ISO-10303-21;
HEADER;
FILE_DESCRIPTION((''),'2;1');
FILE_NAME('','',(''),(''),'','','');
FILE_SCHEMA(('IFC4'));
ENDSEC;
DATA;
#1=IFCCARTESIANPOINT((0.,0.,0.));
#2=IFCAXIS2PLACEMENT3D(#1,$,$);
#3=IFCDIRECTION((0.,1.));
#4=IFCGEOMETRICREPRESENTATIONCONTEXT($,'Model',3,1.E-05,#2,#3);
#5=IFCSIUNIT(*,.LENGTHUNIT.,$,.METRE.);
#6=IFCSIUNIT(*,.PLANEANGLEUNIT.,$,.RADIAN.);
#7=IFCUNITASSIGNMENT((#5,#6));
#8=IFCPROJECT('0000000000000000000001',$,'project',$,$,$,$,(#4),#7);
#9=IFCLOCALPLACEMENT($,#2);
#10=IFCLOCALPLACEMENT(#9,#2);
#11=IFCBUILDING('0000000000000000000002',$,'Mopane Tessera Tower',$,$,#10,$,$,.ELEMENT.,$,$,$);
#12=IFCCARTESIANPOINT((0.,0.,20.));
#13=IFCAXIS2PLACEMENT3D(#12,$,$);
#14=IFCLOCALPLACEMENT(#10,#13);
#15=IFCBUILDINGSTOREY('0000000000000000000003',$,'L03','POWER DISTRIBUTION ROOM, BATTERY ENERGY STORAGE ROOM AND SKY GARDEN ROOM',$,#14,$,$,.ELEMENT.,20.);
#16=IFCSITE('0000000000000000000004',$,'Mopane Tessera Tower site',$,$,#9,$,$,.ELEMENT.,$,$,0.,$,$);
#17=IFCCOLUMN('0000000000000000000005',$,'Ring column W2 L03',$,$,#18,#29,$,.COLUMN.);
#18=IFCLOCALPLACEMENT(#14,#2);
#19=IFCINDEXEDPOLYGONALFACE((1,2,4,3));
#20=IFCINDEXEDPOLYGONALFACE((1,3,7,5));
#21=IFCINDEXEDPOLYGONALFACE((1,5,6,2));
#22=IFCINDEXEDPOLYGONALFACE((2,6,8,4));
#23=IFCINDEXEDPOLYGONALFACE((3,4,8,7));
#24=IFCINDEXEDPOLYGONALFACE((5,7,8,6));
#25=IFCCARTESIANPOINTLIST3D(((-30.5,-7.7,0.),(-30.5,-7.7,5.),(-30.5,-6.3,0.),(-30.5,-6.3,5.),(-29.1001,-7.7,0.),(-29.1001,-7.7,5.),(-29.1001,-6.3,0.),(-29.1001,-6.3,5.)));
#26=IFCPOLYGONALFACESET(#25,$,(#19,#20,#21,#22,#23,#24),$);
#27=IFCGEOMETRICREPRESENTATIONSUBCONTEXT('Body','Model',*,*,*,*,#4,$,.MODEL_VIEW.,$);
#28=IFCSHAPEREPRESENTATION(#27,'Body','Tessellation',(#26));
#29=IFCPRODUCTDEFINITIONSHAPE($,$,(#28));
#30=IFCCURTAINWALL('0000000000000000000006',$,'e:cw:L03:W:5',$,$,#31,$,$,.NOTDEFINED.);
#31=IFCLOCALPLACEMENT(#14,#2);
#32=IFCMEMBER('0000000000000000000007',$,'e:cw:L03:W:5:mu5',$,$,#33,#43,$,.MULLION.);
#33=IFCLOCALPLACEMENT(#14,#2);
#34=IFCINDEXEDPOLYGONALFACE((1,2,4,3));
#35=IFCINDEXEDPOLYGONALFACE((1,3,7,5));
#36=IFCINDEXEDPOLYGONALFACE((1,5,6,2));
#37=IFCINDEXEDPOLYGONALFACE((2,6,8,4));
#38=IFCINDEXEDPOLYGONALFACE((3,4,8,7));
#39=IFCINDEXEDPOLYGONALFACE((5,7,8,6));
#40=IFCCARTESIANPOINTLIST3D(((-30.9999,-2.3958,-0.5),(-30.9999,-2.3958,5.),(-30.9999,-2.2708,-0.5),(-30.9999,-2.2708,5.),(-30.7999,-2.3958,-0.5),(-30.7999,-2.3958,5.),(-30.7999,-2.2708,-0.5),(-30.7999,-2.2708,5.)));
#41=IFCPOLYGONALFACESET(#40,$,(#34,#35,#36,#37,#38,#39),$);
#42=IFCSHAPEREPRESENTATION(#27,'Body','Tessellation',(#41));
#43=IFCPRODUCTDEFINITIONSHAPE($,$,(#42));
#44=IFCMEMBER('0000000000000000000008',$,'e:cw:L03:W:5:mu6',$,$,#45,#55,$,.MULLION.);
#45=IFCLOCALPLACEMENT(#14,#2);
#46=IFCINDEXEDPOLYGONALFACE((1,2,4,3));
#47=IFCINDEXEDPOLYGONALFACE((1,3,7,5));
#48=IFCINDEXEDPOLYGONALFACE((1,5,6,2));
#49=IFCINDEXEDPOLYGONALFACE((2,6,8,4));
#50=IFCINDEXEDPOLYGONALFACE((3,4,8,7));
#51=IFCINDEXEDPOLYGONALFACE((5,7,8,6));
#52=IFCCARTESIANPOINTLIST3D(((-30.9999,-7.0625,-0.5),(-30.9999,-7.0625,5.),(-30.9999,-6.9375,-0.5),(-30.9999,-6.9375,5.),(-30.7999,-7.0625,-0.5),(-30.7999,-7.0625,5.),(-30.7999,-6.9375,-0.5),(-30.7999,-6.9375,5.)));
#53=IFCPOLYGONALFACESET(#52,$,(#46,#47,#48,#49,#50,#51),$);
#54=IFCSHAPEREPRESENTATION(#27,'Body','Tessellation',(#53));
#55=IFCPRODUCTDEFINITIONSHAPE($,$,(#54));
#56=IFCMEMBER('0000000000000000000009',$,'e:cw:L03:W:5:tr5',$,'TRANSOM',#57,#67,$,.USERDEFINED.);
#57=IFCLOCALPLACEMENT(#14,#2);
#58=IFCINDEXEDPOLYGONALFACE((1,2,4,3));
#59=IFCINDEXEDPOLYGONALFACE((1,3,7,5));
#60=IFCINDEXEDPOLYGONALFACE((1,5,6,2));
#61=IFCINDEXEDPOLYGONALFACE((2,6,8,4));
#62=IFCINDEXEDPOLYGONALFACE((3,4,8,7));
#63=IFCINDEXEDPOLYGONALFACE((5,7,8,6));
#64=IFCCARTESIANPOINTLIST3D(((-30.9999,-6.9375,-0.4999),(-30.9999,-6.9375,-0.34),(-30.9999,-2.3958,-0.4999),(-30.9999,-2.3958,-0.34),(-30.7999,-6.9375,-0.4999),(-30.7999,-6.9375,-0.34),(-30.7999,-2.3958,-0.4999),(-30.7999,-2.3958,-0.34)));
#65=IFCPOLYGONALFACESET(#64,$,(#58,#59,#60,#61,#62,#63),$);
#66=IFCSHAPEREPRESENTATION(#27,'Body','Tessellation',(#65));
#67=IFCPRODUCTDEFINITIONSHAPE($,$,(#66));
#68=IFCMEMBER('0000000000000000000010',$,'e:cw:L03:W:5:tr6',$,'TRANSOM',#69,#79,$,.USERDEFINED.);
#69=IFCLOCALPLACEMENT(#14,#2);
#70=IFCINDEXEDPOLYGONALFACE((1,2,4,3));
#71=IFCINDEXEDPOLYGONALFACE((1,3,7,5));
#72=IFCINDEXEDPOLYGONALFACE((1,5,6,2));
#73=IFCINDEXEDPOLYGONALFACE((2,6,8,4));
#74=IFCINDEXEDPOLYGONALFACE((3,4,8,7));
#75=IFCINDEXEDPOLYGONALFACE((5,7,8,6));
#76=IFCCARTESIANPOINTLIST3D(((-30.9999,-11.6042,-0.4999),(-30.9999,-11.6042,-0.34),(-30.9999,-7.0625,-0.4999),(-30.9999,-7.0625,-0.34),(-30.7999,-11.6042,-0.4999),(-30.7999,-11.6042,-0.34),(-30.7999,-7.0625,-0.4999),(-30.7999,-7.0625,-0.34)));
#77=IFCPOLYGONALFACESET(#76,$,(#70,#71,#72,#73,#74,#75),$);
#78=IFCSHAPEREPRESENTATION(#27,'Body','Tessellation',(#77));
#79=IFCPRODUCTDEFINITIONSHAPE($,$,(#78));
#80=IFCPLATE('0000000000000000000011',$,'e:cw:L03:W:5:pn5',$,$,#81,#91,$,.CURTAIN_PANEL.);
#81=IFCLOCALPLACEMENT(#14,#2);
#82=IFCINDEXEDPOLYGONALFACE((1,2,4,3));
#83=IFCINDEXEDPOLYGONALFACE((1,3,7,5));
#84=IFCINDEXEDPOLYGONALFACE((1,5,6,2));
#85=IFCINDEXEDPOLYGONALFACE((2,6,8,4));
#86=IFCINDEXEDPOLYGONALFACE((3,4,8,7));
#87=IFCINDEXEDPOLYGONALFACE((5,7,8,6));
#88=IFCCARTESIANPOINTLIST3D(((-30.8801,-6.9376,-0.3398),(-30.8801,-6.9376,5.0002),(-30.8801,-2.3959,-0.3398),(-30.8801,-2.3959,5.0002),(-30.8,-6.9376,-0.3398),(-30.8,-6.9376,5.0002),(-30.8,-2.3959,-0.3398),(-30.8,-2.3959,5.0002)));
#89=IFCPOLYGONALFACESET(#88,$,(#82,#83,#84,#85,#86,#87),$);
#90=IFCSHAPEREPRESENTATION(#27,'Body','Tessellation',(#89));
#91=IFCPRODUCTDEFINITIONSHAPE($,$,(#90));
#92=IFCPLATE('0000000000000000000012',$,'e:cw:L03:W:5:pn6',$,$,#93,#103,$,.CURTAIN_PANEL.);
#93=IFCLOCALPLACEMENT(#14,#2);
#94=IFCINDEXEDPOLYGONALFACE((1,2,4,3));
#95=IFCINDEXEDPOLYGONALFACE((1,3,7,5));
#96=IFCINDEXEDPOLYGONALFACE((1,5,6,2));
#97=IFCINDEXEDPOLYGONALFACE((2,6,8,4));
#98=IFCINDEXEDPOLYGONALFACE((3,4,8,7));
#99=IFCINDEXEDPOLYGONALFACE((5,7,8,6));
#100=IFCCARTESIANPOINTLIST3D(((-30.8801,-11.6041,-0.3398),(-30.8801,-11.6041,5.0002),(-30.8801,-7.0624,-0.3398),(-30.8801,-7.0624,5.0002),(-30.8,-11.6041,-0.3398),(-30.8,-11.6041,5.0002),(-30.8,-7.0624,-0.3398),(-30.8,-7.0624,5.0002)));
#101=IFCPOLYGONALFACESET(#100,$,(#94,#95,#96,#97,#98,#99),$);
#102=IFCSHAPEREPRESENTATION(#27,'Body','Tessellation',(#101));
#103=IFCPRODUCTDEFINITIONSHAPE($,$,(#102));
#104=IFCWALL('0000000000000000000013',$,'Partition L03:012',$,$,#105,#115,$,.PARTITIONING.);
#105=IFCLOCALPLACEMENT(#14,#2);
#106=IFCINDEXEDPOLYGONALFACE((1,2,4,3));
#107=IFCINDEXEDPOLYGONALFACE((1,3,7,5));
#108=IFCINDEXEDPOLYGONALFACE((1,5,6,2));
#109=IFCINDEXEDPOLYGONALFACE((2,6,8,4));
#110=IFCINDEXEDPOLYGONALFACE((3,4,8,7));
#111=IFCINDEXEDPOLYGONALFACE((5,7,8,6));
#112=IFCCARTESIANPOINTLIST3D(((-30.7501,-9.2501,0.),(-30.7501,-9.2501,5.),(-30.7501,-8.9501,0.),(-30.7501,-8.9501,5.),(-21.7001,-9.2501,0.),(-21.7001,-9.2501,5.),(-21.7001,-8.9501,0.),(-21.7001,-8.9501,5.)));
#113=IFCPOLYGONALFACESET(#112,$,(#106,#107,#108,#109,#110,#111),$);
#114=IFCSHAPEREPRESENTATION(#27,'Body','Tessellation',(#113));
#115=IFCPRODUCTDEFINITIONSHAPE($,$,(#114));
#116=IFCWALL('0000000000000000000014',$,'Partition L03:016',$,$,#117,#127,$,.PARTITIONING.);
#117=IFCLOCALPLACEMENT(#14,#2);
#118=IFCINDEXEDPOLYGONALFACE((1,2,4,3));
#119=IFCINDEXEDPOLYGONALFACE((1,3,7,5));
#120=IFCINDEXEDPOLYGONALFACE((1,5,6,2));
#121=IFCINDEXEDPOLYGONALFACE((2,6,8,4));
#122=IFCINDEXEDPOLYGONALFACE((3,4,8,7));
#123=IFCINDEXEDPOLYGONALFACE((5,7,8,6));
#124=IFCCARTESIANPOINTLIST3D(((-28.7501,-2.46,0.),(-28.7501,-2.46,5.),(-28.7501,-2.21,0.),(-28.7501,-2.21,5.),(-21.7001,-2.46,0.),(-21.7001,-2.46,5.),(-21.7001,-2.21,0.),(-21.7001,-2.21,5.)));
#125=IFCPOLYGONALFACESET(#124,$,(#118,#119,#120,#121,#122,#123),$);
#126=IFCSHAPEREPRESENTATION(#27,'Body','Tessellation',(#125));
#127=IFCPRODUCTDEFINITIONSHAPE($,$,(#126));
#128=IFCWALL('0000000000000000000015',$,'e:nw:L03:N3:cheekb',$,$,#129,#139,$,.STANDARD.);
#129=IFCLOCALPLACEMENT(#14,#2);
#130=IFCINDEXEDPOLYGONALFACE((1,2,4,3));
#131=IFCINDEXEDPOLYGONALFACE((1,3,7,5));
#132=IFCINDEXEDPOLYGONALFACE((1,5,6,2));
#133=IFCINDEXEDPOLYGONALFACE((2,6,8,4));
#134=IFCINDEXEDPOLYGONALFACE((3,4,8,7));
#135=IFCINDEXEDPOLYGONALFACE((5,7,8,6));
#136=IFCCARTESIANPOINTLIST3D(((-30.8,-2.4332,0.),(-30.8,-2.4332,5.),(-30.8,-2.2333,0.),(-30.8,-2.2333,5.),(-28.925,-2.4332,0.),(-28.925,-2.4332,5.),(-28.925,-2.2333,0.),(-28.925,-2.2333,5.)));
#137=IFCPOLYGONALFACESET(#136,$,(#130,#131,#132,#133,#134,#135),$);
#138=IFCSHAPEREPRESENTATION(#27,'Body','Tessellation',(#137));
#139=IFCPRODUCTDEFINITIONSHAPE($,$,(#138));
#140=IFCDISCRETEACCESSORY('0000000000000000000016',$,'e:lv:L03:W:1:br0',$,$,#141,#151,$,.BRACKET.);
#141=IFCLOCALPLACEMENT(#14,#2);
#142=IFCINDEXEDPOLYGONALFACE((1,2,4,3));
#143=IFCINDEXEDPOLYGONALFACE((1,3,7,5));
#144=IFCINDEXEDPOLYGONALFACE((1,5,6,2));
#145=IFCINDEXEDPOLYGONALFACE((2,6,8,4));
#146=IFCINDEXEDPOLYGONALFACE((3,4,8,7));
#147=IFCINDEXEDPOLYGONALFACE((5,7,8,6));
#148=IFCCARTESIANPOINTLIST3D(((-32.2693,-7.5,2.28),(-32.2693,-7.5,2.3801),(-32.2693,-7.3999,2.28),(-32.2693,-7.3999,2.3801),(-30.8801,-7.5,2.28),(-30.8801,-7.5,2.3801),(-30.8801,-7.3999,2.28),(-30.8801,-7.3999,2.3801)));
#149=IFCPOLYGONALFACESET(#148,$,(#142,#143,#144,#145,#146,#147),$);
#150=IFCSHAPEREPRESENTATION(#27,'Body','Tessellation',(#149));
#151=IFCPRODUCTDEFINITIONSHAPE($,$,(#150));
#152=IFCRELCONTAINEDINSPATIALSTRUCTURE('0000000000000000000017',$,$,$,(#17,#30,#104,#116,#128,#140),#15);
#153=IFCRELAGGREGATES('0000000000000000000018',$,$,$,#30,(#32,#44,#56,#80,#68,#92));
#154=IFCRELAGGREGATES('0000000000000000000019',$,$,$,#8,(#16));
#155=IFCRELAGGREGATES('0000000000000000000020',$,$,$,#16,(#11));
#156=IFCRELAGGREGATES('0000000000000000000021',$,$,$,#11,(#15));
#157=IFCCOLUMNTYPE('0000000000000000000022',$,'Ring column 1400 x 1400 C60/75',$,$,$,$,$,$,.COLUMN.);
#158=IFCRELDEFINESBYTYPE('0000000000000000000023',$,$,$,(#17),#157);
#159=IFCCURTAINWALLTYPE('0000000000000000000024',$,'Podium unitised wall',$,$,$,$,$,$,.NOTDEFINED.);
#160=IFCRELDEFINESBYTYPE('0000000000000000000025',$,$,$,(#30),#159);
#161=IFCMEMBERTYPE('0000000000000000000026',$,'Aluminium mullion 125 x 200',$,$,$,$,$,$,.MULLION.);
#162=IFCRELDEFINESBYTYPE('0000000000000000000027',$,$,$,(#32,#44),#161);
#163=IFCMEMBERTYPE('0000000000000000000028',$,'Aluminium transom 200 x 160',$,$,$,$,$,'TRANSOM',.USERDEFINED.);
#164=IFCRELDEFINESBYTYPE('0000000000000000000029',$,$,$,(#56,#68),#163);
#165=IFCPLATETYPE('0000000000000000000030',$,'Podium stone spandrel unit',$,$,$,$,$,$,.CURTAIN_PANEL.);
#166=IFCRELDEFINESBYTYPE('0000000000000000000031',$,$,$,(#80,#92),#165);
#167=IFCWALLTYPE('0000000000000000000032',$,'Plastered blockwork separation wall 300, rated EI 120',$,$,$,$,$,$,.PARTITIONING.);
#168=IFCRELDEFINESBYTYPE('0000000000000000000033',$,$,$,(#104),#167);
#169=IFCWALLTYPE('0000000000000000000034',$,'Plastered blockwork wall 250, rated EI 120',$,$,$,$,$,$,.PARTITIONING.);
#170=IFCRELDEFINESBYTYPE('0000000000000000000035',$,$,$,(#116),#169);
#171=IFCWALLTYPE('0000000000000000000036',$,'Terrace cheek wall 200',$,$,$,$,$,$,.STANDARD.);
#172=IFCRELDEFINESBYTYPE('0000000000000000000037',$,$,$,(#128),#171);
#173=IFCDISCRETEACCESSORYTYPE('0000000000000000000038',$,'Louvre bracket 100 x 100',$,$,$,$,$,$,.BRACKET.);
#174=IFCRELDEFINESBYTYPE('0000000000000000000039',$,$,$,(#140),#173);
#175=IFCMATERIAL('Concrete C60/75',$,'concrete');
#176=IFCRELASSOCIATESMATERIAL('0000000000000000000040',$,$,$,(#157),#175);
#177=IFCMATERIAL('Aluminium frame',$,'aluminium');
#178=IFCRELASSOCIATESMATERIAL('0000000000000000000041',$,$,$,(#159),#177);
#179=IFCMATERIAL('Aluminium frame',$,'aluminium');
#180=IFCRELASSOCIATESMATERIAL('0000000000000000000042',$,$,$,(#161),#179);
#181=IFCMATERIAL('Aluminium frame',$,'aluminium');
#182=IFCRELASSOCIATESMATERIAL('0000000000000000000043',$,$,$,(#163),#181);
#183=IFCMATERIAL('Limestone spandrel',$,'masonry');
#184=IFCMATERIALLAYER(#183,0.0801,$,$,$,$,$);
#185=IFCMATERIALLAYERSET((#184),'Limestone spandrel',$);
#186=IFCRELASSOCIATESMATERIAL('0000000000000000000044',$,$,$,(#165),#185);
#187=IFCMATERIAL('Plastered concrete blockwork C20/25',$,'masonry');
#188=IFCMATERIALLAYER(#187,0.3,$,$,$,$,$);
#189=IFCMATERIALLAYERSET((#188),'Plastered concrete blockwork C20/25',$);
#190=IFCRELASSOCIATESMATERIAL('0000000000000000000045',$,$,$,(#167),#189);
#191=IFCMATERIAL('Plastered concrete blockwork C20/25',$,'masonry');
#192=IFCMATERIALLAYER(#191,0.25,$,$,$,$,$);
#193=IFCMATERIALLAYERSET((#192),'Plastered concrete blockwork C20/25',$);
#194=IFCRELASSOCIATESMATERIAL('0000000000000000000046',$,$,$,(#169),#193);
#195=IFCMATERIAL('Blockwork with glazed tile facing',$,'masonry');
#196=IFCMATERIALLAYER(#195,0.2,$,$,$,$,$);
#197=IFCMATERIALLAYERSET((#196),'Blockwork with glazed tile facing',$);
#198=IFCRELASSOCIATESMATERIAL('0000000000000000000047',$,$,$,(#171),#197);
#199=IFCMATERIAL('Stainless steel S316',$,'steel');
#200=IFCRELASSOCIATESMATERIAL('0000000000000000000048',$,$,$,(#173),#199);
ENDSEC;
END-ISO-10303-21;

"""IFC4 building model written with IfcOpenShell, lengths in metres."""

from ifc_helpers import new_model, si_unit, direction, frame, frame_2d, origin, origin_2d, place, context, subcontext, project, spatial, rectangle, extrude, material, layer, layer_set, material_profile, profile_set, type_object, element, aggregate, save


model = new_model("IFC4")

# Units and contexts
model_context = context("Model", 3, precision=1e-05, world=origin(), true_north=direction((0.0, 1.0)))
body_context = subcontext(model_context, "Body", "Model", "MODEL_VIEW")
ifc_project = project(units=[si_unit("LENGTHUNIT", "METRE"), si_unit("PLANEANGLEUNIT", "RADIAN")], contexts=[model_context])

# Site, building, storey
site_placement = place(None, origin())
site = spatial("IfcSite", under=ifc_project, at=site_placement, Name="Mopane Tessera Tower site", CompositionType="ELEMENT", RefElevation=0.0)
building_placement = place(site_placement, origin())
building = spatial("IfcBuilding", under=site, at=building_placement, Name="Mopane Tessera Tower", CompositionType="ELEMENT")
storey_placement = place(building_placement, frame((0.0, 0.0, 20.0)))
storey = spatial("IfcBuildingStorey", under=building, at=storey_placement, Name="L03", Description="POWER DISTRIBUTION ROOM, BATTERY ENERGY STORAGE ROOM AND SKY GARDEN ROOM", CompositionType="ELEMENT", Elevation=20.0)

# Column
ifc_material_1 = material(Name="Concrete C60/75", Category="concrete")
ifc_material_profile_1 = material_profile(ifc_material_1, rectangle(XDim=1.3999, YDim=1.3999, at=origin_2d()))
ifc_profile_set_1 = profile_set([ifc_material_profile_1], Name="Concrete C60/75")
column_type = type_object("IfcColumnType", Name="Ring column 1400 x 1400 C60/75", PredefinedType="COLUMN", material=ifc_profile_set_1)
column_placement = place(storey_placement, frame((-29.8, -7.0, 0.0), z_axis=(0.0, 0.0, 1.0), x_axis=(1.0, 0.0, 0.0)))
element("IfcColumn", 1, at=column_placement, inside=storey, type_object=column_type, Name="Ring column W2 L03", PredefinedType="COLUMN", context=body_context, shape_type="SweptSolid", body=[
    extrude(rectangle(XDim=1.3999, YDim=1.3999, at=origin_2d()), origin(), (0.0, 0.0, 1.0), 5.0),
])

# Curtain wall, members, plates
ifc_material_2 = material(Name="Aluminium frame", Category="aluminium")
curtain_wall_type = type_object("IfcCurtainWallType", Name="Podium unitised wall", PredefinedType="NOTDEFINED", material=ifc_material_2)
curtain_wall_placement = place(storey_placement, origin())
curtain_wall = element("IfcCurtainWall", 2, at=curtain_wall_placement, inside=storey, type_object=curtain_wall_type, Name="e:cw:L03:W:5", PredefinedType="NOTDEFINED")
ifc_material_3 = material(Name="Aluminium frame", Category="aluminium")
ifc_material_profile_2 = material_profile(ifc_material_3, rectangle(XDim=0.125, YDim=0.2, at=origin_2d()))
ifc_profile_set_2 = profile_set([ifc_material_profile_2], Name="Aluminium frame")
member_type_1 = type_object("IfcMemberType", Name="Aluminium mullion 125 x 200", PredefinedType="MULLION", material=ifc_profile_set_2)
member_1_placement = place(storey_placement, frame((-30.8999, -2.3333, -0.5), z_axis=(0.0, 0.0, 1.0), x_axis=(0.0, -1.0, 0.0)))
member_1 = element("IfcMember", 3, at=member_1_placement, type_object=member_type_1, Name="e:cw:L03:W:5:mu5", PredefinedType="MULLION", context=body_context, shape_type="SweptSolid", body=[
    extrude(rectangle(XDim=0.125, YDim=0.2, at=origin_2d()), origin(), (0.0, 0.0, 1.0), 5.5),
])
member_2_placement = place(storey_placement, frame((-30.8999, -7.0, -0.5), z_axis=(0.0, 0.0, 1.0), x_axis=(0.0, -1.0, 0.0)))
member_2 = element("IfcMember", 4, at=member_2_placement, type_object=member_type_1, Name="e:cw:L03:W:5:mu6", PredefinedType="MULLION", context=body_context, shape_type="SweptSolid", body=[
    extrude(rectangle(XDim=0.125, YDim=0.2, at=origin_2d()), origin(), (0.0, 0.0, 1.0), 5.5),
])
ifc_material_4 = material(Name="Aluminium frame", Category="aluminium")
ifc_material_profile_3 = material_profile(ifc_material_4, rectangle(XDim=0.2, YDim=0.1599, at=origin_2d()))
ifc_profile_set_3 = profile_set([ifc_material_profile_3], Name="Aluminium frame")
member_type_2 = type_object("IfcMemberType", Name="Aluminium transom 200 x 160", ElementType="TRANSOM", PredefinedType="USERDEFINED", material=ifc_profile_set_3)
member_3_placement = place(storey_placement, frame((-30.8999, -2.3958, -0.4199), z_axis=(0.0, -1.0, 0.0), x_axis=(1.0, 0.0, 0.0)))
member_3 = element("IfcMember", 5, at=member_3_placement, type_object=member_type_2, Name="e:cw:L03:W:5:tr5", ObjectType="TRANSOM", PredefinedType="USERDEFINED", context=body_context, shape_type="SweptSolid", body=[
    extrude(rectangle(XDim=0.2, YDim=0.1599, at=origin_2d()), origin(), (0.0, 0.0, 1.0), 4.5417),
])
member_4_placement = place(storey_placement, frame((-30.8999, -7.0625, -0.4199), z_axis=(0.0, -1.0, 0.0), x_axis=(1.0, 0.0, 0.0)))
member_4 = element("IfcMember", 6, at=member_4_placement, type_object=member_type_2, Name="e:cw:L03:W:5:tr6", ObjectType="TRANSOM", PredefinedType="USERDEFINED", context=body_context, shape_type="SweptSolid", body=[
    extrude(rectangle(XDim=0.2, YDim=0.1599, at=origin_2d()), origin(), (0.0, 0.0, 1.0), 4.5417),
])
ifc_material_5 = material(Name="Limestone spandrel", Category="masonry")
ifc_layer_1 = layer(ifc_material_5, 0.0801)
ifc_layer_set_1 = layer_set([ifc_layer_1], Name="Limestone spandrel")
plate_type = type_object("IfcPlateType", Name="Podium stone spandrel unit", PredefinedType="CURTAIN_PANEL", material=ifc_layer_set_1)
plate_1_placement = place(storey_placement, frame((-30.8401, -4.6667, -0.3398), z_axis=(0.0, 0.0, 1.0), x_axis=(0.0, -1.0, 0.0)))
plate_1 = element("IfcPlate", 7, at=plate_1_placement, type_object=plate_type, Name="e:cw:L03:W:5:pn5", PredefinedType="CURTAIN_PANEL", context=body_context, shape_type="SweptSolid", body=[
    extrude(rectangle(XDim=4.5417, YDim=0.0801, at=origin_2d()), origin(), (0.0, 0.0, 1.0), 5.3401),
])
plate_2_placement = place(storey_placement, frame((-30.8401, -9.3333, -0.3398), z_axis=(0.0, 0.0, 1.0), x_axis=(0.0, -1.0, 0.0)))
plate_2 = element("IfcPlate", 8, at=plate_2_placement, type_object=plate_type, Name="e:cw:L03:W:5:pn6", PredefinedType="CURTAIN_PANEL", context=body_context, shape_type="SweptSolid", body=[
    extrude(rectangle(XDim=4.5417, YDim=0.0801, at=origin_2d()), origin(), (0.0, 0.0, 1.0), 5.3401),
])
aggregate(curtain_wall, [member_1, member_2, member_3, plate_1, member_4, plate_2])

# Walls
ifc_material_6 = material(Name="Plastered concrete blockwork C20/25", Category="masonry")
ifc_layer_2 = layer(ifc_material_6, 0.3)
ifc_layer_set_2 = layer_set([ifc_layer_2], Name="Plastered concrete blockwork C20/25")
wall_type_1 = type_object("IfcWallType", Name="Plastered blockwork separation wall 300, rated EI 120", PredefinedType="PARTITIONING", material=ifc_layer_set_2)
wall_1_placement = place(storey_placement, frame((-30.75, -9.1001, 0.0), z_axis=(0.0, 0.0, 1.0), x_axis=(1.0, 0.0, 0.0)))
element("IfcWall", 9, at=wall_1_placement, inside=storey, type_object=wall_type_1, Name="Partition L03:012", PredefinedType="PARTITIONING", context=body_context, shape_type="SweptSolid", body=[
    extrude(rectangle(XDim=9.05, YDim=0.3, at=frame_2d((4.5249, 0.0))), origin(), (0.0, 0.0, 1.0), 5.0),
])
ifc_material_7 = material(Name="Plastered concrete blockwork C20/25", Category="masonry")
ifc_layer_3 = layer(ifc_material_7, 0.25)
ifc_layer_set_3 = layer_set([ifc_layer_3], Name="Plastered concrete blockwork C20/25")
wall_type_2 = type_object("IfcWallType", Name="Plastered blockwork wall 250, rated EI 120", PredefinedType="PARTITIONING", material=ifc_layer_set_3)
wall_2_placement = place(storey_placement, frame((-28.75, -2.335, 0.0), z_axis=(0.0, 0.0, 1.0), x_axis=(1.0, 0.0, 0.0)))
element("IfcWall", 10, at=wall_2_placement, inside=storey, type_object=wall_type_2, Name="Partition L03:016", PredefinedType="PARTITIONING", context=body_context, shape_type="SweptSolid", body=[
    extrude(rectangle(XDim=7.05, YDim=0.25, at=frame_2d((3.5249, 0.0))), origin(), (0.0, 0.0, 1.0), 5.0),
])
ifc_material_8 = material(Name="Blockwork with glazed tile facing", Category="masonry")
ifc_layer_4 = layer(ifc_material_8, 0.2)
ifc_layer_set_4 = layer_set([ifc_layer_4], Name="Blockwork with glazed tile facing")
wall_type_3 = type_object("IfcWallType", Name="Terrace cheek wall 200", PredefinedType="STANDARD", material=ifc_layer_set_4)
wall_3_placement = place(storey_placement, frame((-30.8, -2.3333, 0.0), z_axis=(0.0, 0.0, 1.0), x_axis=(1.0, 0.0, 0.0)))
element("IfcWall", 11, at=wall_3_placement, inside=storey, type_object=wall_type_3, Name="e:nw:L03:N3:cheekb", PredefinedType="STANDARD", context=body_context, shape_type="SweptSolid", body=[
    extrude(rectangle(XDim=1.875, YDim=0.2, at=frame_2d((0.9375, 0.0))), origin(), (0.0, 0.0, 1.0), 5.0),
])

# Discrete accessory
ifc_material_9 = material(Name="Stainless steel S316", Category="steel")
discrete_accessory_type = type_object("IfcDiscreteAccessoryType", Name="Louvre bracket 100 x 100", PredefinedType="BRACKET", material=ifc_material_9)
discrete_accessory_placement = place(storey_placement, frame((-31.5747, -7.45, 2.28), z_axis=(0.0, 0.0, 1.0), x_axis=(-1.0, 0.0, 0.0)))
element("IfcDiscreteAccessory", 12, at=discrete_accessory_placement, inside=storey, type_object=discrete_accessory_type, Name="e:lv:L03:W:1:br0", PredefinedType="BRACKET", context=body_context, shape_type="SweptSolid", body=[
    extrude(rectangle(XDim=1.3892, YDim=0.1001, at=origin_2d()), origin(), (0.0, 0.0, 1.0), 0.1001),
])

save(model, "model.ifc")
